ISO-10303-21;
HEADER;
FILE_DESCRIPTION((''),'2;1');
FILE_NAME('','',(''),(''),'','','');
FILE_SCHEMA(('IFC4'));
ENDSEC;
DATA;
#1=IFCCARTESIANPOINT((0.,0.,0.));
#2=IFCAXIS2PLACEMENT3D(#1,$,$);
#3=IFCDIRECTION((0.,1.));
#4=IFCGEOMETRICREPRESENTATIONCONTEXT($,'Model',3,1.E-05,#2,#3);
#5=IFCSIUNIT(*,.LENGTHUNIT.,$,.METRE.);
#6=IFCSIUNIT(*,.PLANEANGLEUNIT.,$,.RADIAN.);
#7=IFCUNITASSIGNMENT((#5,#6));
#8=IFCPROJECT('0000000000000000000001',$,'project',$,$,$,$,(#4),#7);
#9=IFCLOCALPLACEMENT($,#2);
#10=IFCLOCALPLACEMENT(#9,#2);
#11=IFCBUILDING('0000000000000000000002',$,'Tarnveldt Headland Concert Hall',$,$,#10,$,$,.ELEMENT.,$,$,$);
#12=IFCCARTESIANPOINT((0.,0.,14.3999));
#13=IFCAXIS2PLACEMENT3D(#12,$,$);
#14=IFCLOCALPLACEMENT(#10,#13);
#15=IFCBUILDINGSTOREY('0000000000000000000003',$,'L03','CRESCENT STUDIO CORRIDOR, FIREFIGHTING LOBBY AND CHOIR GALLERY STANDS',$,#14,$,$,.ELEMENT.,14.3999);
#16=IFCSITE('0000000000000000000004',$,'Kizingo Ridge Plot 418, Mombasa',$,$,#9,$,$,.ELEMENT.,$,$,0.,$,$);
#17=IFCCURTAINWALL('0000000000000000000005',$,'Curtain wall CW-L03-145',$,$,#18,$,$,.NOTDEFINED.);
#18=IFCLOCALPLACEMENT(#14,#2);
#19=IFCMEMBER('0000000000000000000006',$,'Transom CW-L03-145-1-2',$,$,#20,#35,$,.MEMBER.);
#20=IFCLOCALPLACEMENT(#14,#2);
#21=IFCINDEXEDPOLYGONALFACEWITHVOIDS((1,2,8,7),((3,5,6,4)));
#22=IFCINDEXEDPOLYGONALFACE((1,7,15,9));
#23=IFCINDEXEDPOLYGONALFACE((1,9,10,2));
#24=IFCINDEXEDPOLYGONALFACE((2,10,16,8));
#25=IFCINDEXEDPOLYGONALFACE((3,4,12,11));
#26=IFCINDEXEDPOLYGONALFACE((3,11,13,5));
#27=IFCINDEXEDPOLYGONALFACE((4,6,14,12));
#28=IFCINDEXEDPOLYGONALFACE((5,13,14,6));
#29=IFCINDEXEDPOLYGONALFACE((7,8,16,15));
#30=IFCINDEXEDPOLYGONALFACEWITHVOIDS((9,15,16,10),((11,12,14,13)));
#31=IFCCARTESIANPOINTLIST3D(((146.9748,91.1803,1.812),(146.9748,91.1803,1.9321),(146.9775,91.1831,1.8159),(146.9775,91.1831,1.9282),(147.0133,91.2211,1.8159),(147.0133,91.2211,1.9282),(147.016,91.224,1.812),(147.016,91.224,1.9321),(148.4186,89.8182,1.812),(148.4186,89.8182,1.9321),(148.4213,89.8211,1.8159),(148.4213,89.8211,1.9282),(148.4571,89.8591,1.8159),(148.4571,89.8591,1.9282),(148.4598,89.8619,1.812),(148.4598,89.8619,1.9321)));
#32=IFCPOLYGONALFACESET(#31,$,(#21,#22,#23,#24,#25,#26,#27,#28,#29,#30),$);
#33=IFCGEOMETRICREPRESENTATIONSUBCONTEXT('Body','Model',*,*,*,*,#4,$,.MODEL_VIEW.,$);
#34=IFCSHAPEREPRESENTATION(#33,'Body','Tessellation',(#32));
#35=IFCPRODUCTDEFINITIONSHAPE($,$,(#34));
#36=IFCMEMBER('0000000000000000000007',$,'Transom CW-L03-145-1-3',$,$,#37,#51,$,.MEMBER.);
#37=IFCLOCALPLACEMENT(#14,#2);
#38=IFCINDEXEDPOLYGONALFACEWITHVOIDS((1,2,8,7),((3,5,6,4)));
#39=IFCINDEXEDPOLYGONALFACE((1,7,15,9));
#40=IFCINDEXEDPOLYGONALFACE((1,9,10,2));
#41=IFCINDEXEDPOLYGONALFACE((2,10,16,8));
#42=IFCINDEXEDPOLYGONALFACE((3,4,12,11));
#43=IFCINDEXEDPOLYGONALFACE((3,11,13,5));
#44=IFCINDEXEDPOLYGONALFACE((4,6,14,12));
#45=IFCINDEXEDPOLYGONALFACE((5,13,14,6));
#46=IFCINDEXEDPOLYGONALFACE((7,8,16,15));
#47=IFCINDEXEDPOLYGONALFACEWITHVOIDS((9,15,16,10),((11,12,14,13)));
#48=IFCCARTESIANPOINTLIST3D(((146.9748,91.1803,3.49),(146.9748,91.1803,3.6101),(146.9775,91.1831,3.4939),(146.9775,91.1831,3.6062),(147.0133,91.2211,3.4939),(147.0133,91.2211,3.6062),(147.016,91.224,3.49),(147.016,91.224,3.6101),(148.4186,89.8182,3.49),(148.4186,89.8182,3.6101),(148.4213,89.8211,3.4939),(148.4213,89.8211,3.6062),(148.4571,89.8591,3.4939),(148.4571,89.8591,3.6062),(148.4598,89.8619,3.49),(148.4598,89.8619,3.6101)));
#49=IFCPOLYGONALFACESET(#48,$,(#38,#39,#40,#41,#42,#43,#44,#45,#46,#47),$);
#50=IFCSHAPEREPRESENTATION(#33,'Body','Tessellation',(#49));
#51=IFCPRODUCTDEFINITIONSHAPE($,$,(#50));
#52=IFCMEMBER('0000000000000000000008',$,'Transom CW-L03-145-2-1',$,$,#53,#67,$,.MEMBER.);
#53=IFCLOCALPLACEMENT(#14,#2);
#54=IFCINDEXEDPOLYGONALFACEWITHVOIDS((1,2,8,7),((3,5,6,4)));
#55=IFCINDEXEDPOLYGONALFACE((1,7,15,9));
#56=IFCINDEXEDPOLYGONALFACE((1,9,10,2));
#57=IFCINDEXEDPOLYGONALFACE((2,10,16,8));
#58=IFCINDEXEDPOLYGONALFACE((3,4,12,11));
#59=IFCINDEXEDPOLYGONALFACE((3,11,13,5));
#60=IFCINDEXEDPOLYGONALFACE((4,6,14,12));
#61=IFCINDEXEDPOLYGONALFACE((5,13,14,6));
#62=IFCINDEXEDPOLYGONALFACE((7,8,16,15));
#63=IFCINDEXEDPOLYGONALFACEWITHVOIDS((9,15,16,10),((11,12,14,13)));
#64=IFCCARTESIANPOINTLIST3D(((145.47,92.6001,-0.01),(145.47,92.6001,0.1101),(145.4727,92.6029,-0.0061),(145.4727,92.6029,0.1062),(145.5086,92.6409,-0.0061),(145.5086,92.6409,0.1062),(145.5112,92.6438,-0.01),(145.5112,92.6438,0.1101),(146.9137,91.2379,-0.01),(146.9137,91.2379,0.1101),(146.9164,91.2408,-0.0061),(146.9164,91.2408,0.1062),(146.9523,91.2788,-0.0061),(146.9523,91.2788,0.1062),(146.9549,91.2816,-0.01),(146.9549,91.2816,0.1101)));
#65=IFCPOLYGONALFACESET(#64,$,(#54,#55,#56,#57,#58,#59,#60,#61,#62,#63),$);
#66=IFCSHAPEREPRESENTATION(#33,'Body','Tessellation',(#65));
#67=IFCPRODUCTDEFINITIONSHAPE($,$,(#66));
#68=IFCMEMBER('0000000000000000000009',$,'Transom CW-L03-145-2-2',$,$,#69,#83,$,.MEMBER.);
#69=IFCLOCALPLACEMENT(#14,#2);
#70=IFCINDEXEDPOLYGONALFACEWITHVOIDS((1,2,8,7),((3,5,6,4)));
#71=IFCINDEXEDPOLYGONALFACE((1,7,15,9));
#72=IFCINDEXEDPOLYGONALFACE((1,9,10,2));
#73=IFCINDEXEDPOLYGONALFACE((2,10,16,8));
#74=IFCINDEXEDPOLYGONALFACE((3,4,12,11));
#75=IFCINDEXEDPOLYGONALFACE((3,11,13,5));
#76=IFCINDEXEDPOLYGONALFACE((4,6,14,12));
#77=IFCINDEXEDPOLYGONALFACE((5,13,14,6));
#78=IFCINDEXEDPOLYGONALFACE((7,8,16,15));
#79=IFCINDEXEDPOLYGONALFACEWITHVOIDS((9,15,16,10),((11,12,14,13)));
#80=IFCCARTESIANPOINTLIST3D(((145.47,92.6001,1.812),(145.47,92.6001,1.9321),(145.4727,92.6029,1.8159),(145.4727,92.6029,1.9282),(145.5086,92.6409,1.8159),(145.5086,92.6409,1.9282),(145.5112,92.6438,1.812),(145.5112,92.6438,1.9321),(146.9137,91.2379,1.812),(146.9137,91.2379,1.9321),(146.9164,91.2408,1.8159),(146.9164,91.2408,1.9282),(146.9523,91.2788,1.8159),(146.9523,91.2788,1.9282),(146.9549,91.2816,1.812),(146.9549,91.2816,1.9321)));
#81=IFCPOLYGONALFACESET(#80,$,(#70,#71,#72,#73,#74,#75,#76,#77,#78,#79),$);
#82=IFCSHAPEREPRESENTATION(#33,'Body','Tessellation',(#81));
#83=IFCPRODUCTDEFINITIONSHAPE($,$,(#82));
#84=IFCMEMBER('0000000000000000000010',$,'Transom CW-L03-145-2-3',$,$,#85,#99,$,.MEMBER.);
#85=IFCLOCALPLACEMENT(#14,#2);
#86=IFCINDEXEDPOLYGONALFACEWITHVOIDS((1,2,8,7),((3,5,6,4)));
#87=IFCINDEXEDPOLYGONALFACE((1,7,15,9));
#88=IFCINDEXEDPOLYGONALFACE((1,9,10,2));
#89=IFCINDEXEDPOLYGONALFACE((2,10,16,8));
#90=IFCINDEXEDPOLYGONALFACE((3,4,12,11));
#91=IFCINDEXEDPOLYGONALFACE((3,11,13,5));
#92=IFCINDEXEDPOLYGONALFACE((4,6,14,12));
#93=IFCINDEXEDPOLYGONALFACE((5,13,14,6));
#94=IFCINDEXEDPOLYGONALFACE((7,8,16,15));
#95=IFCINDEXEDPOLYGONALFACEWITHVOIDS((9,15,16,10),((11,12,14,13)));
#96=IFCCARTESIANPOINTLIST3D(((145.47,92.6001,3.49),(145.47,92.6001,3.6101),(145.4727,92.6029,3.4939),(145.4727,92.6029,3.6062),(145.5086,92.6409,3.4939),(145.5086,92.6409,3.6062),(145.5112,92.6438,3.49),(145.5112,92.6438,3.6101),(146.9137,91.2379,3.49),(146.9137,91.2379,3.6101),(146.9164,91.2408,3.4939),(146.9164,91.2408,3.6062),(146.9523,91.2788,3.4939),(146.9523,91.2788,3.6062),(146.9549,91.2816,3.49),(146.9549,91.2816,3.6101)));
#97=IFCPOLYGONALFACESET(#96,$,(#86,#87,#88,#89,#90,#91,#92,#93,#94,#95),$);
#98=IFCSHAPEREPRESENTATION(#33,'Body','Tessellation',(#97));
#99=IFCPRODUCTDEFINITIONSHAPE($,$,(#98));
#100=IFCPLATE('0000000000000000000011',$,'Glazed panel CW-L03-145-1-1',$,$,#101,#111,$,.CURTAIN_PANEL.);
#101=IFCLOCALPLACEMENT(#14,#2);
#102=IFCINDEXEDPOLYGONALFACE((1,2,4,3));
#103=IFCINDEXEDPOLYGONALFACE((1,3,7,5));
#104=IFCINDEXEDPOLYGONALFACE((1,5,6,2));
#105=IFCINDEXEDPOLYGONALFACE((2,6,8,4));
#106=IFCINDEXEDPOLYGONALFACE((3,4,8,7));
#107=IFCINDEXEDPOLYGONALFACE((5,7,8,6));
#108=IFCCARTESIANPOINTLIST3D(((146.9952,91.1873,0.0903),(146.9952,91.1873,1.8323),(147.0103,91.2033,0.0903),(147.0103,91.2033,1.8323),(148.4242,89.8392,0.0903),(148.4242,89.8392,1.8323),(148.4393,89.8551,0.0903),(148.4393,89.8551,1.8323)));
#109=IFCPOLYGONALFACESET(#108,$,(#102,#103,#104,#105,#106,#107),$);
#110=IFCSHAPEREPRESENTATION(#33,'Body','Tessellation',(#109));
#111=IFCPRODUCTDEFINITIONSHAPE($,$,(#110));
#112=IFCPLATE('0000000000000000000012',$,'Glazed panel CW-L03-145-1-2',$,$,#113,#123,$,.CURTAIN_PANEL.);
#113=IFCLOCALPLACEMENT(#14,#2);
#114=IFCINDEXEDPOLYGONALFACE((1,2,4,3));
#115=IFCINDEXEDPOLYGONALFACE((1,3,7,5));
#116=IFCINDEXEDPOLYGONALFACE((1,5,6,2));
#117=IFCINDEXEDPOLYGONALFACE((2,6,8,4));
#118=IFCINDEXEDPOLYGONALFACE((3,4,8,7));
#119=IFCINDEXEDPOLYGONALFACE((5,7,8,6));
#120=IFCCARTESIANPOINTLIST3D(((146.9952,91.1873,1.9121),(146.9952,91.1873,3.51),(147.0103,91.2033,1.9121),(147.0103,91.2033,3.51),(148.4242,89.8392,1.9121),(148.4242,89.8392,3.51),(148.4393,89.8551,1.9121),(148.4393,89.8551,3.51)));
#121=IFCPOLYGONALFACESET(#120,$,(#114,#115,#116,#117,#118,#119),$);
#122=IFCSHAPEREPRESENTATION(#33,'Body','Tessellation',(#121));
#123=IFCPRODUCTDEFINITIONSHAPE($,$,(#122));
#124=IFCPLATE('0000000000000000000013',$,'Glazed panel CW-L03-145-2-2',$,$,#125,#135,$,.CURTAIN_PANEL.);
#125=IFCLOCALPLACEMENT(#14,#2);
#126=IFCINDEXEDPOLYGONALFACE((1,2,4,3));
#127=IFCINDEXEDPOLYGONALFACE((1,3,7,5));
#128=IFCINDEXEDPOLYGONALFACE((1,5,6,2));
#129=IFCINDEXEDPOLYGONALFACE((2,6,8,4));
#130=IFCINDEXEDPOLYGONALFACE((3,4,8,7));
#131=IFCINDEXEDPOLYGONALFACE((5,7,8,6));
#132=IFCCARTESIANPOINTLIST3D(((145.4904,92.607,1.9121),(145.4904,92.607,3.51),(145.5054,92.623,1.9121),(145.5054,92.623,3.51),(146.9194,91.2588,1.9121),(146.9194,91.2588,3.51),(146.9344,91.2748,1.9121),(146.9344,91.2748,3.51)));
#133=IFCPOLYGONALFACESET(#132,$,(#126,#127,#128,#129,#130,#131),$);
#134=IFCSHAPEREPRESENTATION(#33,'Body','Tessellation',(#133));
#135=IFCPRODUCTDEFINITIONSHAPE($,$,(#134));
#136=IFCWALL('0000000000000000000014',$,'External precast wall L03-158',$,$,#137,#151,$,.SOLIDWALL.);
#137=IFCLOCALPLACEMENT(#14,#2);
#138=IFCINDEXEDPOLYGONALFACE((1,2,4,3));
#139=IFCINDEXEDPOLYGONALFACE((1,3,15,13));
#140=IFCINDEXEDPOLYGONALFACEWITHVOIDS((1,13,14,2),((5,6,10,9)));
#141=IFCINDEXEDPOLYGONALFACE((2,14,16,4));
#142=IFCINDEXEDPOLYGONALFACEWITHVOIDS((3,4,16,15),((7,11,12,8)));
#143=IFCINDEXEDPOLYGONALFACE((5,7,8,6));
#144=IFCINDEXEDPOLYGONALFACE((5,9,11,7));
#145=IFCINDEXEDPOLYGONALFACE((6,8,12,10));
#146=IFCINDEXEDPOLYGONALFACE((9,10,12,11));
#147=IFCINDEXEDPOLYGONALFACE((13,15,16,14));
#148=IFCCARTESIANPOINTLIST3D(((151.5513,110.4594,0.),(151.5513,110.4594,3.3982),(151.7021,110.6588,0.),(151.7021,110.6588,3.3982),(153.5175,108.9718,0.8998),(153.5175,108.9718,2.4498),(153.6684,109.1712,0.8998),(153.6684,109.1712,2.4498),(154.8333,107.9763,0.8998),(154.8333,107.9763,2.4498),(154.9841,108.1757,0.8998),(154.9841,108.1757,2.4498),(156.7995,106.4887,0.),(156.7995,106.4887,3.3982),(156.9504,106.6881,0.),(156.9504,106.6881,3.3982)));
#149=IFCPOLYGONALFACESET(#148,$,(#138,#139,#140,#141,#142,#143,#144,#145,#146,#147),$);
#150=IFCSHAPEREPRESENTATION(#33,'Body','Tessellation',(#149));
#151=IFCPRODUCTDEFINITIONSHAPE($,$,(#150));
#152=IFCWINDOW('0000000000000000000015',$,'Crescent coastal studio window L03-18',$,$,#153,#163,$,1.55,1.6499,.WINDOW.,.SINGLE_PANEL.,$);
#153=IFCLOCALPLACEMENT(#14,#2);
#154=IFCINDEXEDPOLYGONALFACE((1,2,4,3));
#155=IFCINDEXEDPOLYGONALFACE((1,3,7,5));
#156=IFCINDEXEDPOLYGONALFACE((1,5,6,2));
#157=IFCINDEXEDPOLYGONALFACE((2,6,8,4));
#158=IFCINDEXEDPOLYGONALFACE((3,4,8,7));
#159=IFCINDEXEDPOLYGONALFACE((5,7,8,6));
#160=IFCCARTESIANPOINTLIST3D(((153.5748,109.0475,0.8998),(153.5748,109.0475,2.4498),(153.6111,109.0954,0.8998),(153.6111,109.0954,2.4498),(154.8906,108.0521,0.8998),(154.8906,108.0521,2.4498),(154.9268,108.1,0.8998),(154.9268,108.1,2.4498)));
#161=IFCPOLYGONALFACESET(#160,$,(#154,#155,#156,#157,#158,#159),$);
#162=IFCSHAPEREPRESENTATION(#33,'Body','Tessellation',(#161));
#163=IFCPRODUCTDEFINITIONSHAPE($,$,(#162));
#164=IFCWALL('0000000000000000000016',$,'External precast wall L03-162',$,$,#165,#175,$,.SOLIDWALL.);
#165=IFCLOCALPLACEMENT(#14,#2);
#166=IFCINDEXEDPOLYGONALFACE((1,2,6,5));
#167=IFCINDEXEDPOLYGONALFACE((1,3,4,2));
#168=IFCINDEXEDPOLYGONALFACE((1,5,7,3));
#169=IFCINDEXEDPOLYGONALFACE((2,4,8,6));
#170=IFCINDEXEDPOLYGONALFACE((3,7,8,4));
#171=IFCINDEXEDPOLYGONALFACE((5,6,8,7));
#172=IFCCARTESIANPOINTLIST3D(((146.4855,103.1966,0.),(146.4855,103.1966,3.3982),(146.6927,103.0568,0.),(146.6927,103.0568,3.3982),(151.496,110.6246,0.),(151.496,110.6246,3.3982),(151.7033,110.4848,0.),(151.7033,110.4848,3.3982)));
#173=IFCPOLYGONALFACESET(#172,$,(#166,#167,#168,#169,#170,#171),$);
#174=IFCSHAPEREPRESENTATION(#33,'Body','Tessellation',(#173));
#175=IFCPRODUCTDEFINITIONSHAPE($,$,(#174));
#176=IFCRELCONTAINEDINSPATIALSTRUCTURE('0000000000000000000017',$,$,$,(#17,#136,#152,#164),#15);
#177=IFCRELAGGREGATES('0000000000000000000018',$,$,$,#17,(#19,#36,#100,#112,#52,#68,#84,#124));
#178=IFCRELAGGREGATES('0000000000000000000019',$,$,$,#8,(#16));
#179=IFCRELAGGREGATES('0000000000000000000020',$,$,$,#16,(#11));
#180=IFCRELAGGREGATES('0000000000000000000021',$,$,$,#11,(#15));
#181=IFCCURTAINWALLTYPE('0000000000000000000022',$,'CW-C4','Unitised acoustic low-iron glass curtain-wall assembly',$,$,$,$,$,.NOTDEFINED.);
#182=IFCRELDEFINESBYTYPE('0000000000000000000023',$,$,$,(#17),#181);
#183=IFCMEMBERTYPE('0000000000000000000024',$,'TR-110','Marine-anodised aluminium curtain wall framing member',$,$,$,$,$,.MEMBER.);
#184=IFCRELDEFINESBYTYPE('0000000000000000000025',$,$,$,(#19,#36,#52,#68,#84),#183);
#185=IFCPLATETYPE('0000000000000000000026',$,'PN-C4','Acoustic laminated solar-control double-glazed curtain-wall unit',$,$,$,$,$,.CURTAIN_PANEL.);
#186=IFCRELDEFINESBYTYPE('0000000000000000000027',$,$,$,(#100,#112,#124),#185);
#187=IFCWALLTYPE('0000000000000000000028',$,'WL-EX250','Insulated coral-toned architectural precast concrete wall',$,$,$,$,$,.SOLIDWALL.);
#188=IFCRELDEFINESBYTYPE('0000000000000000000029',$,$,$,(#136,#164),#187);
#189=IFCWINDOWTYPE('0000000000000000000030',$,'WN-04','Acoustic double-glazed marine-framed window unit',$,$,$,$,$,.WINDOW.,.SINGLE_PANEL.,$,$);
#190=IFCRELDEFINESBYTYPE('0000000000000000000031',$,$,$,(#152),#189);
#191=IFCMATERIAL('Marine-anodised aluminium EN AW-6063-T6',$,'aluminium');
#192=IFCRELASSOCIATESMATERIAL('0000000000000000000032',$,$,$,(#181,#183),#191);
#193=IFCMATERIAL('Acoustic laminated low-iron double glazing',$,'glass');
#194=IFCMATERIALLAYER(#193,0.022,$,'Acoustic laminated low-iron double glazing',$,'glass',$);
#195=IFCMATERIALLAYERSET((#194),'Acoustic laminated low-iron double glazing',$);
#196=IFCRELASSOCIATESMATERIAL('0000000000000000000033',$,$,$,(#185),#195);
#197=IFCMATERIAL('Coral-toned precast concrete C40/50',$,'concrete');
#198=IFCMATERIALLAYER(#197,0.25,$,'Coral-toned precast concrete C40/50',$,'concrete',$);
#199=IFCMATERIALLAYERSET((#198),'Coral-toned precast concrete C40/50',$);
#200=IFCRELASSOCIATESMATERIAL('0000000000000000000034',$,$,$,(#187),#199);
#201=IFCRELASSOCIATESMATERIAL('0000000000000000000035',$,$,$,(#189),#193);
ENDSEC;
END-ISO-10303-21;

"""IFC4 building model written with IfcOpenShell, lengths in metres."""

from ifc_helpers import new_model, si_unit, direction, frame, frame_2d, origin, origin_2d, place, context, subcontext, project, spatial, rectangle, hollow_rectangle, extrude, material, layer, layer_set, material_profile, profile_set, type_object, element, fill, aggregate, save


model = new_model("IFC4")

# Units and contexts
model_context = context("Model", 3, precision=1e-05, world=origin(), true_north=direction((0.0, 1.0)))
body_context = subcontext(model_context, "Body", "Model", "MODEL_VIEW")
ifc_project = project(units=[si_unit("LENGTHUNIT", "METRE"), si_unit("PLANEANGLEUNIT", "RADIAN")], contexts=[model_context])

# Site, building, storey
site_placement = place(None, origin())
site = spatial("IfcSite", under=ifc_project, at=site_placement, Name="Kizingo Ridge Plot 418, Mombasa", CompositionType="ELEMENT", RefElevation=0.0)
building_placement = place(site_placement, origin())
building = spatial("IfcBuilding", under=site, at=building_placement, Name="Tarnveldt Headland Concert Hall", CompositionType="ELEMENT")
storey_placement = place(building_placement, frame((0.0, 0.0, 14.3999)))
storey = spatial("IfcBuildingStorey", under=building, at=storey_placement, Name="L03", Description="CRESCENT STUDIO CORRIDOR, FIREFIGHTING LOBBY AND CHOIR GALLERY STANDS", CompositionType="ELEMENT", Elevation=14.3999)

# Shared definitions
ifc_material_1 = material(Name="Marine-anodised aluminium EN AW-6063-T6", Category="aluminium")
curtain_wall_type = type_object("IfcCurtainWallType", Name="CW-C4", Description="Unitised acoustic low-iron glass curtain-wall assembly", PredefinedType="NOTDEFINED", material=ifc_material_1)

# Curtain wall
curtain_wall_1_placement = place(storey_placement, origin())
curtain_wall_1 = element("IfcCurtainWall", 1, at=curtain_wall_1_placement, inside=storey, type_object=curtain_wall_type, Name="Curtain wall CW-L03-145", PredefinedType="NOTDEFINED")

# Members
ifc_material_profile_1 = material_profile(ifc_material_1, hollow_rectangle(XDim=0.0601, YDim=0.1201, WallThickness=0.0039, at=origin_2d()), Name="ALU TRANSOM 60x120x4", Category="aluminium")
ifc_profile_set_1 = profile_set([ifc_material_profile_1], Name="Marine-anodised aluminium EN AW-6063-T6")
member_type_1 = type_object("IfcMemberType", Name="TR-110", Description="Marine-anodised aluminium curtain wall framing member", PredefinedType="MEMBER", material=ifc_profile_set_1)
member_1_placement = place(storey_placement, frame((148.4392, 89.8401, 1.8721), z_axis=(-0.727409, 0.686204, 0.0), x_axis=(-0.686204, -0.727409, 0.0)))
member_1 = element("IfcMember", 2, at=member_1_placement, type_object=member_type_1, Name="Transom CW-L03-145-1-2", PredefinedType="MEMBER", context=body_context, shape_type="SweptSolid", body=[
    extrude(hollow_rectangle(XDim=0.0601, YDim=0.1201, WallThickness=0.0039, at=origin_2d()), origin(), (0.0, 0.0, 1.0), 1.9849),
])
member_2_placement = place(storey_placement, frame((148.4392, 89.8401, 3.55), z_axis=(-0.727409, 0.686204, 0.0), x_axis=(-0.686204, -0.727409, 0.0)))
member_2 = element("IfcMember", 3, at=member_2_placement, type_object=member_type_1, Name="Transom CW-L03-145-1-3", PredefinedType="MEMBER", context=body_context, shape_type="SweptSolid", body=[
    extrude(hollow_rectangle(XDim=0.0601, YDim=0.1201, WallThickness=0.0039, at=origin_2d()), origin(), (0.0, 0.0, 1.0), 1.9849),
])
member_3_placement = place(storey_placement, frame((146.9343, 91.2598, 0.05), z_axis=(-0.727351, 0.686266, 0.0), x_axis=(-0.686266, -0.727351, 0.0)))
member_3 = element("IfcMember", 4, at=member_3_placement, type_object=member_type_1, Name="Transom CW-L03-145-2-1", PredefinedType="MEMBER", context=body_context, shape_type="SweptSolid", body=[
    extrude(hollow_rectangle(XDim=0.0601, YDim=0.1201, WallThickness=0.0039, at=origin_2d()), origin(), (0.0, 0.0, 1.0), 1.9849),
])
member_4_placement = place(storey_placement, frame((146.9343, 91.2598, 1.8721), z_axis=(-0.727351, 0.686266, 0.0), x_axis=(-0.686266, -0.727351, 0.0)))
member_4 = element("IfcMember", 5, at=member_4_placement, type_object=member_type_1, Name="Transom CW-L03-145-2-2", PredefinedType="MEMBER", context=body_context, shape_type="SweptSolid", body=[
    extrude(hollow_rectangle(XDim=0.0601, YDim=0.1201, WallThickness=0.0039, at=origin_2d()), origin(), (0.0, 0.0, 1.0), 1.9849),
])
member_5_placement = place(storey_placement, frame((146.9343, 91.2598, 3.55), z_axis=(-0.727351, 0.686266, 0.0), x_axis=(-0.686266, -0.727351, 0.0)))
member_5 = element("IfcMember", 6, at=member_5_placement, type_object=member_type_1, Name="Transom CW-L03-145-2-3", PredefinedType="MEMBER", context=body_context, shape_type="SweptSolid", body=[
    extrude(hollow_rectangle(XDim=0.0601, YDim=0.1201, WallThickness=0.0039, at=origin_2d()), origin(), (0.0, 0.0, 1.0), 1.9849),
])

# Plates
ifc_material_2 = material(Name="Acoustic laminated low-iron double glazing", Category="glass")
ifc_layer_1 = layer(ifc_material_2, 0.022, Name="Acoustic laminated low-iron double glazing", Category="glass")
ifc_layer_set_1 = layer_set([ifc_layer_1], Name="Acoustic laminated low-iron double glazing")
plate_type = type_object("IfcPlateType", Name="PN-C4", Description="Acoustic laminated solar-control double-glazed curtain-wall unit", PredefinedType="CURTAIN_PANEL", material=ifc_layer_set_1)
plate_1_placement = place(storey_placement, frame((147.7173, 90.5212, 0.0903), z_axis=(0.0, 0.0, 1.0), x_axis=(-0.727378, 0.686237, 0.0)))
plate_1 = element("IfcPlate", 7, at=plate_1_placement, type_object=plate_type, Name="Glazed panel CW-L03-145-1-1", PredefinedType="CURTAIN_PANEL", context=body_context, shape_type="SweptSolid", body=[
    extrude(rectangle(XDim=1.9646, YDim=0.022, at=origin_2d()), origin(), (0.0, 0.0, 1.0), 1.7419),
])
plate_2_placement = place(storey_placement, frame((147.7173, 90.5212, 1.9121), z_axis=(0.0, 0.0, 1.0), x_axis=(-0.727378, 0.686237, 0.0)))
plate_2 = element("IfcPlate", 8, at=plate_2_placement, type_object=plate_type, Name="Glazed panel CW-L03-145-1-2", PredefinedType="CURTAIN_PANEL", context=body_context, shape_type="SweptSolid", body=[
    extrude(rectangle(XDim=1.9646, YDim=0.022, at=origin_2d()), origin(), (0.0, 0.0, 1.0), 1.5979),
])
plate_3_placement = place(storey_placement, frame((146.2124, 91.9409, 1.9121), z_axis=(0.0, 0.0, 1.0), x_axis=(-0.727378, 0.686237, 0.0)))
plate_3 = element("IfcPlate", 9, at=plate_3_placement, type_object=plate_type, Name="Glazed panel CW-L03-145-2-2", PredefinedType="CURTAIN_PANEL", context=body_context, shape_type="SweptSolid", body=[
    extrude(rectangle(XDim=1.9646, YDim=0.022, at=origin_2d()), origin(), (0.0, 0.0, 1.0), 1.5979),
])
aggregate(curtain_wall_1, [member_1, member_2, plate_1, plate_2, member_3, member_4, member_5, plate_3])

# Wall, opening, window
ifc_material_3 = material(Name="Coral-toned precast concrete C40/50", Category="concrete")
ifc_layer_2 = layer(ifc_material_3, 0.25, Name="Coral-toned precast concrete C40/50", Category="concrete")
ifc_layer_set_2 = layer_set([ifc_layer_2], Name="Coral-toned precast concrete C40/50")
wall_type_1 = type_object("IfcWallType", Name="WL-EX250", Description="Insulated coral-toned architectural precast concrete wall", PredefinedType="SOLIDWALL", material=ifc_layer_set_2)
wall_1_placement = place(storey_placement, frame((151.6267, 110.5591, 0.0), z_axis=(0.0, 0.0, 1.0), x_axis=(0.797478, -0.603348, 0.0)))
wall_1 = element("IfcWall", 10, at=wall_1_placement, inside=storey, type_object=wall_type_1, Name="External precast wall L03-158", PredefinedType="SOLIDWALL", context=body_context, shape_type="SweptSolid", body=[
    extrude(rectangle(XDim=6.5811, YDim=0.25, at=frame_2d((3.2905, 0.0))), origin(), (0.0, 0.0, 1.0), 3.3982),
])
opening_1_placement = place(wall_1_placement, frame((2.4656, 0.0, 0.8999)))
opening_1 = element("IfcOpeningElement", 11, at=opening_1_placement, cuts=wall_1, PredefinedType="OPENING", context=body_context, shape_type="SweptSolid", body=[
    extrude(rectangle(XDim=1.6499, YDim=1.55, at=frame_2d((0.825, 0.7749))), frame((0.0, 0.135, 0.0), z_axis=(0.0, -1.0, 0.0), x_axis=(1.0, 0.0, 0.0)), (0.0, 0.0, 1.0), 0.27),
])
window_type = type_object("IfcWindowType", Name="WN-04", Description="Acoustic double-glazed marine-framed window unit", PartitioningType="SINGLE_PANEL", PredefinedType="WINDOW", material=ifc_material_2)
window_placement = place(opening_1_placement, origin())
window = element("IfcWindow", 12, at=window_placement, inside=storey, type_object=window_type, Name="Crescent coastal studio window L03-18", OverallHeight=1.55, OverallWidth=1.6499, PartitioningType="SINGLE_PANEL", PredefinedType="WINDOW", context=body_context, shape_type="SweptSolid", body=[
    extrude(rectangle(XDim=1.6499, YDim=1.55, at=frame_2d((0.825, 0.7749))), frame((0.0, 0.03, 0.0), z_axis=(0.0, -1.0, 0.0), x_axis=(1.0, 0.0, 0.0)), (0.0, 0.0, 1.0), 0.0601),
])
fill(opening_1, window)

# Wall
wall_2_placement = place(storey_placement, frame((146.5891, 103.1267, 0.0), z_axis=(0.0, 0.0, 1.0), x_axis=(0.559213, 0.829024, 0.0)))
element("IfcWall", 13, at=wall_2_placement, inside=storey, type_object=wall_type_1, Name="External precast wall L03-162", PredefinedType="SOLIDWALL", context=body_context, shape_type="SweptSolid", body=[
    extrude(rectangle(XDim=8.96, YDim=0.25, at=frame_2d((4.48, 0.0))), origin(), (0.0, 0.0, 1.0), 3.3982),
])

save(model, "model.ifc")
